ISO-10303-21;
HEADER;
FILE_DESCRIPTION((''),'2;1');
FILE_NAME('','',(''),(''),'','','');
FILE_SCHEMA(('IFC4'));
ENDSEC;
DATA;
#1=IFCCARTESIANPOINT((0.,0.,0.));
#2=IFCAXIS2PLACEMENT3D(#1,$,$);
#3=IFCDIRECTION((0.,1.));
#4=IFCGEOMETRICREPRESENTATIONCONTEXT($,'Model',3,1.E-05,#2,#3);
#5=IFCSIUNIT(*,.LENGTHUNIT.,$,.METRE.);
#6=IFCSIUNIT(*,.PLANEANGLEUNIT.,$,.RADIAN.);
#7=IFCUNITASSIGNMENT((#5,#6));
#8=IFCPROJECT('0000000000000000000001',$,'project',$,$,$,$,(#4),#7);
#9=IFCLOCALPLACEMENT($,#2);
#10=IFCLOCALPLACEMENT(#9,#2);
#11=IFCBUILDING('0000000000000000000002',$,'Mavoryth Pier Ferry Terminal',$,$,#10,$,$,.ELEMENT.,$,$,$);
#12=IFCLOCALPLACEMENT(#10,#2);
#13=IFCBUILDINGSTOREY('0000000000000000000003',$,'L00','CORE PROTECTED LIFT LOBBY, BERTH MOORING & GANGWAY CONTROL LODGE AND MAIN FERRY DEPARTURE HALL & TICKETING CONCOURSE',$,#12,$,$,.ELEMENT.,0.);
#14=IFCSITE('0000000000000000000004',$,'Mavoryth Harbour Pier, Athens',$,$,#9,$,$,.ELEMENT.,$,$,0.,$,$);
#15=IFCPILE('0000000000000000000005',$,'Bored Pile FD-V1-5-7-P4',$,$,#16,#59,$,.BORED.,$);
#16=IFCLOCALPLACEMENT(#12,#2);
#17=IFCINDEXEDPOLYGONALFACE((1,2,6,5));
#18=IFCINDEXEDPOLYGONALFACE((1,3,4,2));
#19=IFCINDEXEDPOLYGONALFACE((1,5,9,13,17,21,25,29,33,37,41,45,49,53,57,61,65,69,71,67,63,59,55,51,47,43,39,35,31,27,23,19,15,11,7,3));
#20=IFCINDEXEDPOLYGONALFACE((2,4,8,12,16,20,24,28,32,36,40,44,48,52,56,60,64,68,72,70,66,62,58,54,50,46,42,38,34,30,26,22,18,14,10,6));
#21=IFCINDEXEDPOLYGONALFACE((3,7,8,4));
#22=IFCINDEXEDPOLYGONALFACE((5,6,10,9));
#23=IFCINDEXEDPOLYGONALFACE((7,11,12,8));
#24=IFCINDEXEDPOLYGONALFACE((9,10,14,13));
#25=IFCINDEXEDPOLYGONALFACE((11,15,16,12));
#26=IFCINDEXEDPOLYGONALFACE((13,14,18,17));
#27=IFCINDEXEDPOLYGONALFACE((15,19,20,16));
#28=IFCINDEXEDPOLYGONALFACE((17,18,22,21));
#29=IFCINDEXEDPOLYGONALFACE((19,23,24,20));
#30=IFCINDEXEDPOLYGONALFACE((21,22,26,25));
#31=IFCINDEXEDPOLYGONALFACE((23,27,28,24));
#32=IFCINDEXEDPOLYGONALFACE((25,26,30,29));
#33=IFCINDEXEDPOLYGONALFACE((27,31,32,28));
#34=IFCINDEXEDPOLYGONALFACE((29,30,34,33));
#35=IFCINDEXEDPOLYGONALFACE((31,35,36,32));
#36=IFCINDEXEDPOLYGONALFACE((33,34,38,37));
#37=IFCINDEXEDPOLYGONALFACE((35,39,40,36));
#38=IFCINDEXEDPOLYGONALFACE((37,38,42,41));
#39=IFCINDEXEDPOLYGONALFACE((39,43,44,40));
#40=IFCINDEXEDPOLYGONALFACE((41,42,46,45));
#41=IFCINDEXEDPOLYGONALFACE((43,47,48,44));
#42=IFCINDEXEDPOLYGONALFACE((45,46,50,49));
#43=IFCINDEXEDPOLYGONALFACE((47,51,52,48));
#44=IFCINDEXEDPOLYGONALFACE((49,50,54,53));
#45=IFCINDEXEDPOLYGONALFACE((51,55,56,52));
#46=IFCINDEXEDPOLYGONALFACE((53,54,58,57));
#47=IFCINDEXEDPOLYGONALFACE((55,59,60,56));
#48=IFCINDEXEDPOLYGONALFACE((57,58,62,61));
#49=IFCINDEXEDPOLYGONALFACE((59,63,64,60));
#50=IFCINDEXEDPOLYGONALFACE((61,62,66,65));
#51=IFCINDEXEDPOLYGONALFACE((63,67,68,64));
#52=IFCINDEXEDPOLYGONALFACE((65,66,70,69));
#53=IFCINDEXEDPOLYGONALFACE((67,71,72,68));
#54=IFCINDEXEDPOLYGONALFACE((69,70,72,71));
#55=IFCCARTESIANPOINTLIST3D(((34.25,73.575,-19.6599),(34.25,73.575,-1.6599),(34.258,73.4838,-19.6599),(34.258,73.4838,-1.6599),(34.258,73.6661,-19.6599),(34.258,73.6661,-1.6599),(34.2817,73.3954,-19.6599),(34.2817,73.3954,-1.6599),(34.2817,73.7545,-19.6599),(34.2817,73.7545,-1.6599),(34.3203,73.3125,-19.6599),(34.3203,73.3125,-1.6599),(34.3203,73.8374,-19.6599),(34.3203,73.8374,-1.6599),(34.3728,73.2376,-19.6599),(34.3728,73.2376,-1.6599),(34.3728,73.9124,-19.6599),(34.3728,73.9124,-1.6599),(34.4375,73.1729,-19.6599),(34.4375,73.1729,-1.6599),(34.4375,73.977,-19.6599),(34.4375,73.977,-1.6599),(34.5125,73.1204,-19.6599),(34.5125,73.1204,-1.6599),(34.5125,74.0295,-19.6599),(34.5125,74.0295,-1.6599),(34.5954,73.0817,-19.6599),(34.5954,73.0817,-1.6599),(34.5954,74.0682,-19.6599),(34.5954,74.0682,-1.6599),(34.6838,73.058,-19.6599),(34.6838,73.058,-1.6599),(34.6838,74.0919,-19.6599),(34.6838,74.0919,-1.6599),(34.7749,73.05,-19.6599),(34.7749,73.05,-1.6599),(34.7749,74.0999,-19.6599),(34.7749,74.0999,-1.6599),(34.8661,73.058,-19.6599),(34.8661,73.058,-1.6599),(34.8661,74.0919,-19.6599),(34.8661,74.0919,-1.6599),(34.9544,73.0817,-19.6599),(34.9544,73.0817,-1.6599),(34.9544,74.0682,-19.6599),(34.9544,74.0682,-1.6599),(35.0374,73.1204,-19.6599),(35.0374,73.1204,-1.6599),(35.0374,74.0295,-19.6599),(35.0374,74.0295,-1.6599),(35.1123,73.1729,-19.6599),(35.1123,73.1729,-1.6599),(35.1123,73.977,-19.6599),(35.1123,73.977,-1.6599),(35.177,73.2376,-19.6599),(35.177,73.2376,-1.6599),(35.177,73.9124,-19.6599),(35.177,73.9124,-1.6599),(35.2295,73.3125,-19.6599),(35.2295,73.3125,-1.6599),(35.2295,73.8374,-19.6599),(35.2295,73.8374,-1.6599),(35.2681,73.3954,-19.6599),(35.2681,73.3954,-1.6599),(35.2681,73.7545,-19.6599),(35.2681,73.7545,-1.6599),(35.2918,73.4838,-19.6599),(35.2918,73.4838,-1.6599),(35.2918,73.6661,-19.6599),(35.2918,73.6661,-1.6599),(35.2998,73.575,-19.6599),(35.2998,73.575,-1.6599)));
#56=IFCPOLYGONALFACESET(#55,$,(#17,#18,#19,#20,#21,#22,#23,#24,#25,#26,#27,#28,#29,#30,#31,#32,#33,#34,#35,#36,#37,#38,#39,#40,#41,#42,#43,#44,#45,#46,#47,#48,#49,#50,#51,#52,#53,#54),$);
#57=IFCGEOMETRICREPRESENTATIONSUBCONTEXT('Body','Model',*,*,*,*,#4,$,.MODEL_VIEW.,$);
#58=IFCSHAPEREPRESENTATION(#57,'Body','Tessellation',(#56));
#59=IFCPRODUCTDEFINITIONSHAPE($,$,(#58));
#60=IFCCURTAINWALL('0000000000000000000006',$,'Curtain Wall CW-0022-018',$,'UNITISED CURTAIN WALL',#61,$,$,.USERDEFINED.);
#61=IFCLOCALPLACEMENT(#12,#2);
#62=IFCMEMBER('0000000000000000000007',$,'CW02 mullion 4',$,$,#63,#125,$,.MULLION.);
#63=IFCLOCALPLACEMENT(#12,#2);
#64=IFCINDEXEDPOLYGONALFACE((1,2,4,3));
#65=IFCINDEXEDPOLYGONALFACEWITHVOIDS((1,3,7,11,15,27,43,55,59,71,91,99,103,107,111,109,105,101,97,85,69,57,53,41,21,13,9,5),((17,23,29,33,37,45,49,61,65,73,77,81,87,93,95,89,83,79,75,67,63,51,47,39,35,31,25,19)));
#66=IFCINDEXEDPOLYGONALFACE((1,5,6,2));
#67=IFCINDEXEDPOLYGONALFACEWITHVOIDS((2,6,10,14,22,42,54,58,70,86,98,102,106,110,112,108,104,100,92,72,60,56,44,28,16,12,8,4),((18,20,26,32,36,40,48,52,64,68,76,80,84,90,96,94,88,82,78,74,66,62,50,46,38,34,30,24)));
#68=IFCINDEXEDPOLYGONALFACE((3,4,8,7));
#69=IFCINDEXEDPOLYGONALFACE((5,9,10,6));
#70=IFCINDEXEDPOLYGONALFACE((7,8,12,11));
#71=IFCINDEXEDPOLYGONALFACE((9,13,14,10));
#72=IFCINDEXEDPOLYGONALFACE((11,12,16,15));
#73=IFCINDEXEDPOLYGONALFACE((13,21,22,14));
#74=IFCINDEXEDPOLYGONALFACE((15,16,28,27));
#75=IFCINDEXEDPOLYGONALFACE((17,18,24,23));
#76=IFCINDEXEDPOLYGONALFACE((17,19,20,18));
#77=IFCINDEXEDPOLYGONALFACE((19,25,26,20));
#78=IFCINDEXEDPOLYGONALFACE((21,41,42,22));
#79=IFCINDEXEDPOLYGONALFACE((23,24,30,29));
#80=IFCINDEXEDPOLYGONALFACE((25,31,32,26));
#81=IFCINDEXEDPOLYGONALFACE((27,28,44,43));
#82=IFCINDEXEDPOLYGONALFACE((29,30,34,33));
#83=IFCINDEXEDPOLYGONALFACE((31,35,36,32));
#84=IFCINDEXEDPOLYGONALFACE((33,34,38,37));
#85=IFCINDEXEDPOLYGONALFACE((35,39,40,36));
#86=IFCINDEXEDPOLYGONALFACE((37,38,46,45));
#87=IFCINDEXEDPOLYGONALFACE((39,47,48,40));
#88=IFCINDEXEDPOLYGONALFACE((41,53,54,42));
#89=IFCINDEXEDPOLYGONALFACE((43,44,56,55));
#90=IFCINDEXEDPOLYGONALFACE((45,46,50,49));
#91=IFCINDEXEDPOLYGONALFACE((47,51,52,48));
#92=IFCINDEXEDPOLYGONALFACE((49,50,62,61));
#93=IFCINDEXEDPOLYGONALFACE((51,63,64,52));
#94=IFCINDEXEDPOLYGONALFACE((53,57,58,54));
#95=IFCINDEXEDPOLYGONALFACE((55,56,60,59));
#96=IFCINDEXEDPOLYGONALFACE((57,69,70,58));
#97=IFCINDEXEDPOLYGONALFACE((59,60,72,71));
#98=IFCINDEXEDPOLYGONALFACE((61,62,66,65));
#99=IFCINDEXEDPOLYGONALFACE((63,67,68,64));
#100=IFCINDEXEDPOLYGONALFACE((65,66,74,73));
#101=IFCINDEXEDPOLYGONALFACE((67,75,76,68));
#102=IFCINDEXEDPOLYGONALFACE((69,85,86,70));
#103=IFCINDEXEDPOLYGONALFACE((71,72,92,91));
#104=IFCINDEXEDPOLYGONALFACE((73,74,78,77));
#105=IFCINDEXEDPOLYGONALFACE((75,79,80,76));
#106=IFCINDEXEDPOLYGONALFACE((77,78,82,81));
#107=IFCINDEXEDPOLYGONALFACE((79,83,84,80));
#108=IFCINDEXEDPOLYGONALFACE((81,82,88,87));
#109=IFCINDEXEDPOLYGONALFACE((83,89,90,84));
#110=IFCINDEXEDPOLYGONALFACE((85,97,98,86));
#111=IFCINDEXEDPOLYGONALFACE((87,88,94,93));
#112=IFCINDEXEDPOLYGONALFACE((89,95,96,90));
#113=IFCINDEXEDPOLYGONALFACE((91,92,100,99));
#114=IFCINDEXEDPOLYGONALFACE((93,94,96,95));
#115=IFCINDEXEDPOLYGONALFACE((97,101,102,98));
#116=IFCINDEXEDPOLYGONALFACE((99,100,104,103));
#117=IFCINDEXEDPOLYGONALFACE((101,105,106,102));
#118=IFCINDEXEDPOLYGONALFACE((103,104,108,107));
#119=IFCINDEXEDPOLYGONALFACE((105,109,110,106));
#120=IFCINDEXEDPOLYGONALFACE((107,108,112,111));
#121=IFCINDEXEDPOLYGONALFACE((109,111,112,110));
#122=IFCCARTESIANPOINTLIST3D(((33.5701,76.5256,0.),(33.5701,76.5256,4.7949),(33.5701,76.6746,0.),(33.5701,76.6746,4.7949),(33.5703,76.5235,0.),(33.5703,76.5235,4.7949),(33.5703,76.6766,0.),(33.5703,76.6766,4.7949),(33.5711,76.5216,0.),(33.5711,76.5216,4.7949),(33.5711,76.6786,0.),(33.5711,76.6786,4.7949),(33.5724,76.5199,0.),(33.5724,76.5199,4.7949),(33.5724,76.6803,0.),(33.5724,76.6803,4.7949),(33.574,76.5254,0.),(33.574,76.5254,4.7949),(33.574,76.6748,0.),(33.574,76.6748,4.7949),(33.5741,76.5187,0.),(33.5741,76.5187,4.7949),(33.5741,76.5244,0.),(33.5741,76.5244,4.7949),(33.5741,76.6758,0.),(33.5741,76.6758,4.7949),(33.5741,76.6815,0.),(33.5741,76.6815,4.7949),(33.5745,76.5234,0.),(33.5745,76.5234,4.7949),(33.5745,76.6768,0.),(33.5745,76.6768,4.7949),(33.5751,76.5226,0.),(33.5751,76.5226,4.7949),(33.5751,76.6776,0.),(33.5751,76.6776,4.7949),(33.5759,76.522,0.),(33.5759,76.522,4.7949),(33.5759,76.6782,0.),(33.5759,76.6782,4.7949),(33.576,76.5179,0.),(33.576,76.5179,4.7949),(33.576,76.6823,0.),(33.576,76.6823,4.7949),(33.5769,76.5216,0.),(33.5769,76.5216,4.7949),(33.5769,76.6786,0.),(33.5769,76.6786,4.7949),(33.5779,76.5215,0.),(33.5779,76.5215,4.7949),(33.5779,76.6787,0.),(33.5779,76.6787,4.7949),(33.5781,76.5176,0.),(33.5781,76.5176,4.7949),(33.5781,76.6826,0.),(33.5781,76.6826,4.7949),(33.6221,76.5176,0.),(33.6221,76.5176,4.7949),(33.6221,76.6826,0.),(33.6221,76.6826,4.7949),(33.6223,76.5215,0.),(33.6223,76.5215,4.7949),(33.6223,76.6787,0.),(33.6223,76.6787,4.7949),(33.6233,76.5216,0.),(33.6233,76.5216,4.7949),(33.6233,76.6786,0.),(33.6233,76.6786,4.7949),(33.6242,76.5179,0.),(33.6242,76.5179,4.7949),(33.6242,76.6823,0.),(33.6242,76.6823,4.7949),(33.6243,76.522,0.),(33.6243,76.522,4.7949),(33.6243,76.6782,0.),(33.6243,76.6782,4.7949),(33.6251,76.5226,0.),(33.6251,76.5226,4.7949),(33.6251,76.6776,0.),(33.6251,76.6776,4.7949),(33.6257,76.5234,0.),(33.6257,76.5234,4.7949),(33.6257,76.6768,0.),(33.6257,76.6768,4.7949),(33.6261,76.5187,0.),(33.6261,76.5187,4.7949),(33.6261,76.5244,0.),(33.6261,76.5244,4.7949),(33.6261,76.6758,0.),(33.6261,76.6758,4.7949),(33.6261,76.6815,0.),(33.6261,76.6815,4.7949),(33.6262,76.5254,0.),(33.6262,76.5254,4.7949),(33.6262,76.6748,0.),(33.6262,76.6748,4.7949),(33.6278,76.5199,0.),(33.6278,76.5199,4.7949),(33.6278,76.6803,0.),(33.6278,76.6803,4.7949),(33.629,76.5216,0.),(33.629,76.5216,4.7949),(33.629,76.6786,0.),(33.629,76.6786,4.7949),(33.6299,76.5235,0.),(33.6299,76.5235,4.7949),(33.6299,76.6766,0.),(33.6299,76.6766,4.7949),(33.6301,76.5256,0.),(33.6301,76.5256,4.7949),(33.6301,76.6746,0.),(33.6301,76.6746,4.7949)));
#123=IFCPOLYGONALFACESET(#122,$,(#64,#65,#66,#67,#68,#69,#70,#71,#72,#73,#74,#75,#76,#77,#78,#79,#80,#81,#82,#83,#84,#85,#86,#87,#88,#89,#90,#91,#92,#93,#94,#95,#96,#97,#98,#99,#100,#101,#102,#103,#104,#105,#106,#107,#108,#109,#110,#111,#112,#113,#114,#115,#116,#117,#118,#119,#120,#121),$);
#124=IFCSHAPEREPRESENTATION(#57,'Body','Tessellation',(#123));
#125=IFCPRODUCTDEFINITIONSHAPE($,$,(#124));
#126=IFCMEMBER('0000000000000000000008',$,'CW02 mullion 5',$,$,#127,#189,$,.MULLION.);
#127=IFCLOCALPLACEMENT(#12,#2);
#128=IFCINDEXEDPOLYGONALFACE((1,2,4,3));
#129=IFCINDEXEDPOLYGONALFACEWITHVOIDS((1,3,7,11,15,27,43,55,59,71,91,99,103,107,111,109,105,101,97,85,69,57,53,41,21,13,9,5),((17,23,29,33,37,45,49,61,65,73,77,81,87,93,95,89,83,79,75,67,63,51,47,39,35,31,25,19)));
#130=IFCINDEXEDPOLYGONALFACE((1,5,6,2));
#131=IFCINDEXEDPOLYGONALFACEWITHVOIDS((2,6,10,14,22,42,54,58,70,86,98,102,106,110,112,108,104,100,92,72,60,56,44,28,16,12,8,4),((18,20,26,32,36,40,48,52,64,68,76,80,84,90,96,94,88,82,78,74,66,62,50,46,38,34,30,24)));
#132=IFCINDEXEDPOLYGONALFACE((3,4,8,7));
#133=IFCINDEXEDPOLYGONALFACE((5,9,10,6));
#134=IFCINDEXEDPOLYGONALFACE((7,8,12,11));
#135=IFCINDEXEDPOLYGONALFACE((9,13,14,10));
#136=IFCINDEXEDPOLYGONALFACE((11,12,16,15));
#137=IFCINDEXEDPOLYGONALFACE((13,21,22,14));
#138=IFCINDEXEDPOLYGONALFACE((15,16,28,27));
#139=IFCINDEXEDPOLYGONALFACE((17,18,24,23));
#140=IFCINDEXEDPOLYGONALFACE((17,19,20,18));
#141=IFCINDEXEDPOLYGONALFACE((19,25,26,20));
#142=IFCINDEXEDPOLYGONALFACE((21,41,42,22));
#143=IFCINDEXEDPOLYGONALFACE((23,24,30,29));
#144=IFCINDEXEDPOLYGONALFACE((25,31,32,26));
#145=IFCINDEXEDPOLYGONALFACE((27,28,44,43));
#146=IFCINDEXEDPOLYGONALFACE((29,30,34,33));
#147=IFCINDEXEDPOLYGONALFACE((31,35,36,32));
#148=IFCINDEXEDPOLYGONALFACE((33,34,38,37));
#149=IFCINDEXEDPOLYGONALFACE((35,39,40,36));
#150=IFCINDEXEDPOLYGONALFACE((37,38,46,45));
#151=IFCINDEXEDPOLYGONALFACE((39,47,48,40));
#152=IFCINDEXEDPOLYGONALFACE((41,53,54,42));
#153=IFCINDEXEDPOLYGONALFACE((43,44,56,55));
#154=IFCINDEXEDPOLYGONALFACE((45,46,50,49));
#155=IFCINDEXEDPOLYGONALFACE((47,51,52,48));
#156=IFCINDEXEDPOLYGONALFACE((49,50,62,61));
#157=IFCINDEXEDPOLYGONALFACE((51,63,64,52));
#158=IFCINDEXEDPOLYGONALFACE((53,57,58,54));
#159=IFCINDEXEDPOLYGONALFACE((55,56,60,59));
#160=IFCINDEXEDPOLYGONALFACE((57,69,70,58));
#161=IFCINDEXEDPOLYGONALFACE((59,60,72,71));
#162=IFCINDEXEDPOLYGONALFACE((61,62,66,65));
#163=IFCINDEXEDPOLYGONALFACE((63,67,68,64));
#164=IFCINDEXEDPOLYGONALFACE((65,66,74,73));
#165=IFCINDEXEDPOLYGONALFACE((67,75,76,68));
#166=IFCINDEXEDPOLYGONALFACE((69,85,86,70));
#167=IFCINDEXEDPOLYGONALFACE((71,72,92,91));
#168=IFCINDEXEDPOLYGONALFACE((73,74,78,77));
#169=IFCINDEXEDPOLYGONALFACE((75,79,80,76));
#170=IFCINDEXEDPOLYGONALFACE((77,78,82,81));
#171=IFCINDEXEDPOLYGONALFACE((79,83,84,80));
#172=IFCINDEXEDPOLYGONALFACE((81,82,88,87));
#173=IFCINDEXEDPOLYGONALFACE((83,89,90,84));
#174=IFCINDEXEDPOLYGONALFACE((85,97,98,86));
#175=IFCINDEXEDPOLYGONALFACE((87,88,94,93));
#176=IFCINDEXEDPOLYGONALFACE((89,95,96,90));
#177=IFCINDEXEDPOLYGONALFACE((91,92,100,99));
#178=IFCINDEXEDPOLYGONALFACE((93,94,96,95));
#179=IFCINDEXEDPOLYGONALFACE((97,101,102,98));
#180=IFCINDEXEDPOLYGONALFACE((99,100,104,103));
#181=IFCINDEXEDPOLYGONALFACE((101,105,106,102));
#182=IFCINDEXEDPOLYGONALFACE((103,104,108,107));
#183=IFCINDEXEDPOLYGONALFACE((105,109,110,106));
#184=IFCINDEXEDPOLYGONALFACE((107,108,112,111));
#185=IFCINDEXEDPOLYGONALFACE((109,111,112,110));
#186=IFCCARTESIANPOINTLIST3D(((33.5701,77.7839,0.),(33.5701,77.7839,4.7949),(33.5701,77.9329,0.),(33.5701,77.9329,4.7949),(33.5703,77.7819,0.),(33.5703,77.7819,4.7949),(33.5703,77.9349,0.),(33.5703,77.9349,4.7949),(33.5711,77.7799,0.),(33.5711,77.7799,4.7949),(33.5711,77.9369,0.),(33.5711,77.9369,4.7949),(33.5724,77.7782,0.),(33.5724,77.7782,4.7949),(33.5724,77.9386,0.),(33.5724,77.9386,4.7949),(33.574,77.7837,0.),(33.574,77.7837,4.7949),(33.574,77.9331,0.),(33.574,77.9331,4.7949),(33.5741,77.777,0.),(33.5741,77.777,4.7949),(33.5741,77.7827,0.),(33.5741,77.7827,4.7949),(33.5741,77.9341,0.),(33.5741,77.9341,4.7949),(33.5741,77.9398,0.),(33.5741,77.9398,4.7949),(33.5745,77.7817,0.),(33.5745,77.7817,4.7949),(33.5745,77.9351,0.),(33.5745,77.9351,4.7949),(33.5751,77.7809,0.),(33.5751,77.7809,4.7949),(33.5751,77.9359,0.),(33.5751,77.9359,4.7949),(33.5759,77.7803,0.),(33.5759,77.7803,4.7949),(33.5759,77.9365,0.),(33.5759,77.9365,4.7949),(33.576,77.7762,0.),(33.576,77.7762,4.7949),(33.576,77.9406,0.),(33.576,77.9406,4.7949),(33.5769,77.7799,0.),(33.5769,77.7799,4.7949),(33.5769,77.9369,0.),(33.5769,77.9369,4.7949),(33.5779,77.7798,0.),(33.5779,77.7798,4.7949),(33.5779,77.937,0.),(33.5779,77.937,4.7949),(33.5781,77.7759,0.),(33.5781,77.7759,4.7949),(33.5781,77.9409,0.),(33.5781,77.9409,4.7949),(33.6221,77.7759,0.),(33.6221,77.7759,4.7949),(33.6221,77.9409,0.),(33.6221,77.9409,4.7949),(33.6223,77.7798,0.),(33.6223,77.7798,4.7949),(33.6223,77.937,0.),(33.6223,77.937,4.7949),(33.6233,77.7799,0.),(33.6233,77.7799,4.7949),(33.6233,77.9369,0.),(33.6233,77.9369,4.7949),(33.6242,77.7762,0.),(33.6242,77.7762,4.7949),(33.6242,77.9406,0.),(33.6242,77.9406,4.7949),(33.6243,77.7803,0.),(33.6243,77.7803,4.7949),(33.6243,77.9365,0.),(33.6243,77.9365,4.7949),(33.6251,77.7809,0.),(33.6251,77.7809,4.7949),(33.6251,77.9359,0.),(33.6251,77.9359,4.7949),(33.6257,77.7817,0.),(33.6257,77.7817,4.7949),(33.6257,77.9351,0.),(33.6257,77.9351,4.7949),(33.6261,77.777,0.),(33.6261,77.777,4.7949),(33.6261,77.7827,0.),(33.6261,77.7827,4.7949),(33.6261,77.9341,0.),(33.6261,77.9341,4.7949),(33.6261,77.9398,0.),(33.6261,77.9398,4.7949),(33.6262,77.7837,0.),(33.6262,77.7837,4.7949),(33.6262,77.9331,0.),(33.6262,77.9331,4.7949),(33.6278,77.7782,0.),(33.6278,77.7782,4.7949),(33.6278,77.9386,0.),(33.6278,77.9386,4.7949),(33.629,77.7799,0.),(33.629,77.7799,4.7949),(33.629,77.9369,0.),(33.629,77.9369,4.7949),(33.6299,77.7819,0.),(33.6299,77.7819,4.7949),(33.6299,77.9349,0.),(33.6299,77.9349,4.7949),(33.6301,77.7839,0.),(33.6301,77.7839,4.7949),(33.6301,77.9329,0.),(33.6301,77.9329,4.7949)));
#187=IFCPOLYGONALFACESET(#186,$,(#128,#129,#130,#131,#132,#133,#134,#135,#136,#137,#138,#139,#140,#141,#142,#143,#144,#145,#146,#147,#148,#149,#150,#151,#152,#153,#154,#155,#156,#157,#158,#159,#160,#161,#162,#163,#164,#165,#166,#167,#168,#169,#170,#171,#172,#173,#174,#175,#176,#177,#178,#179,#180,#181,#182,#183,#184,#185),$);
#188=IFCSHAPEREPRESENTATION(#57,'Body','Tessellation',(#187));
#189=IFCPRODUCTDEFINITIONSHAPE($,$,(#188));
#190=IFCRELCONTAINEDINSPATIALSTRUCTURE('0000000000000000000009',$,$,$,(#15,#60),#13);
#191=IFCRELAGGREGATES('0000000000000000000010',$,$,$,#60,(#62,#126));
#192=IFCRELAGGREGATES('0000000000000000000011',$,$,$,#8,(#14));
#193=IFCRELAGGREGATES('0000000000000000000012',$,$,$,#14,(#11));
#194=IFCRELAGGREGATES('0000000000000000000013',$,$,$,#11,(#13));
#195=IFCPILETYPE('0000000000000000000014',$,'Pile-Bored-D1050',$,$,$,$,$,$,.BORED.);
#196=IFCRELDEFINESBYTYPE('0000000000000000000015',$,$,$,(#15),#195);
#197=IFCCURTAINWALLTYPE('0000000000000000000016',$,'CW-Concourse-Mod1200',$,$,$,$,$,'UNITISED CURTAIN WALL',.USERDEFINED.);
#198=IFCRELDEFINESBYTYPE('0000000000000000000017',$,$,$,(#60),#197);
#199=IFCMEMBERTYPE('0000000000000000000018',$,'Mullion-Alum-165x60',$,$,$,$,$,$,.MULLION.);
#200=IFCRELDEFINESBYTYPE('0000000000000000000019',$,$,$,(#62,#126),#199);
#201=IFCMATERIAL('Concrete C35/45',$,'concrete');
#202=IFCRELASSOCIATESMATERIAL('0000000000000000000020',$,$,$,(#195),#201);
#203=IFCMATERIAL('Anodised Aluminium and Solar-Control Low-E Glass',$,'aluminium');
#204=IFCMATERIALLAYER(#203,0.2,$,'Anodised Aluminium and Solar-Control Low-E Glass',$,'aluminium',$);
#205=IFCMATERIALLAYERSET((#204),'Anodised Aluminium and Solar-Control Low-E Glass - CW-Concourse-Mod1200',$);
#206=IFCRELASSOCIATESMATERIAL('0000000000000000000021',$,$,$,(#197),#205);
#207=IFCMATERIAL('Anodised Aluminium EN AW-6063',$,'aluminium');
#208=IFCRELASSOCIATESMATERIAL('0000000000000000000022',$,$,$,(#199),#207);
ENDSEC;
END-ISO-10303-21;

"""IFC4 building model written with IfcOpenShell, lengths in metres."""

from ifc_helpers import new_model, si_unit, direction, frame, origin, origin_2d, place, context, subcontext, project, spatial, hollow_rectangle, circle, extrude, material, layer, layer_set, material_profile, profile_set, type_object, element, aggregate, save


model = new_model("IFC4")

# Units and contexts
model_context = context("Model", 3, precision=1e-05, world=origin(), true_north=direction((0.0, 1.0)))
body_context = subcontext(model_context, "Body", "Model", "MODEL_VIEW")
ifc_project = project(units=[si_unit("LENGTHUNIT", "METRE"), si_unit("PLANEANGLEUNIT", "RADIAN")], contexts=[model_context])

# Site, building, storey
site_placement = place(None, origin())
site = spatial("IfcSite", under=ifc_project, at=site_placement, Name="Mavoryth Harbour Pier, Athens", CompositionType="ELEMENT", RefElevation=0.0)
building_placement = place(site_placement, origin())
building = spatial("IfcBuilding", under=site, at=building_placement, Name="Mavoryth Pier Ferry Terminal", CompositionType="ELEMENT")
storey_placement = place(building_placement, origin())
storey = spatial("IfcBuildingStorey", under=building, at=storey_placement, Name="L00", Description="CORE PROTECTED LIFT LOBBY, BERTH MOORING & GANGWAY CONTROL LODGE AND MAIN FERRY DEPARTURE HALL & TICKETING CONCOURSE", CompositionType="ELEMENT", Elevation=0.0)

# Pile
ifc_material_1 = material(Name="Concrete C35/45", Category="concrete")
ifc_material_profile_1 = material_profile(ifc_material_1, circle(Radius=0.5249, at=origin_2d()), Name="PILE D1050", Category="concrete")
ifc_profile_set_1 = profile_set([ifc_material_profile_1], Name="Concrete C35/45 - PILE D1050")
pile_type = type_object("IfcPileType", Name="Pile-Bored-D1050", PredefinedType="BORED", material=ifc_profile_set_1)
pile_placement = place(storey_placement, frame((34.7749, 73.575, -1.6599), z_axis=(0.0, 0.0, -1.0), x_axis=(1.0, 0.0, 0.0)))
element("IfcPile", 1, at=pile_placement, inside=storey, type_object=pile_type, Name="Bored Pile FD-V1-5-7-P4", PredefinedType="BORED", context=body_context, shape_type="SweptSolid", body=[
    extrude(circle(Radius=0.5249, at=origin_2d()), origin(), (0.0, 0.0, 1.0), 18.0),
])

# Curtain wall, members
ifc_material_2 = material(Name="Anodised Aluminium and Solar-Control Low-E Glass", Category="aluminium")
ifc_layer_1 = layer(ifc_material_2, 0.2, Name="Anodised Aluminium and Solar-Control Low-E Glass", Category="aluminium")
ifc_layer_set_1 = layer_set([ifc_layer_1], Name="Anodised Aluminium and Solar-Control Low-E Glass - CW-Concourse-Mod1200")
curtain_wall_type = type_object("IfcCurtainWallType", Name="CW-Concourse-Mod1200", ElementType="UNITISED CURTAIN WALL", PredefinedType="USERDEFINED", material=ifc_layer_set_1)
curtain_wall_placement = place(storey_placement, origin())
curtain_wall = element("IfcCurtainWall", 2, at=curtain_wall_placement, inside=storey, type_object=curtain_wall_type, Name="Curtain Wall CW-0022-018", ObjectType="UNITISED CURTAIN WALL", PredefinedType="USERDEFINED")
ifc_material_3 = material(Name="Anodised Aluminium EN AW-6063", Category="aluminium")
ifc_material_profile_2 = material_profile(ifc_material_3, hollow_rectangle(XDim=0.0601, YDim=0.165, WallThickness=0.0039, InnerFilletRadius=0.0039, OuterFilletRadius=0.0081, at=origin_2d()), Name="AL-MULL 165x60x4", Category="aluminium")
ifc_profile_set_2 = profile_set([ifc_material_profile_2], Name="Anodised Aluminium EN AW-6063 - AL-MULL 165x60x4")
member_type_1 = type_object("IfcMemberType", Name="Mullion-Alum-165x60", PredefinedType="MULLION", material=ifc_profile_set_2)
member_1_placement = place(storey_placement, frame((33.6001, 76.6001, 0.0), z_axis=(0.0, 0.0, 1.0), x_axis=(-1.0, 0.0, 0.0)))
member_1 = element("IfcMember", 3, at=member_1_placement, type_object=member_type_1, Name="CW02 mullion 4", PredefinedType="MULLION", context=body_context, shape_type="SweptSolid", body=[
    extrude(hollow_rectangle(XDim=0.0601, YDim=0.165, WallThickness=0.0039, InnerFilletRadius=0.0039, OuterFilletRadius=0.0081, at=origin_2d()), origin(), (0.0, 0.0, 1.0), 4.7949),
])
member_2_placement = place(storey_placement, frame((33.6001, 77.8584, 0.0), z_axis=(0.0, 0.0, 1.0), x_axis=(-1.0, 0.0, 0.0)))
member_2 = element("IfcMember", 4, at=member_2_placement, type_object=member_type_1, Name="CW02 mullion 5", PredefinedType="MULLION", context=body_context, shape_type="SweptSolid", body=[
    extrude(hollow_rectangle(XDim=0.0601, YDim=0.165, WallThickness=0.0039, InnerFilletRadius=0.0039, OuterFilletRadius=0.0081, at=origin_2d()), origin(), (0.0, 0.0, 1.0), 4.7949),
])
aggregate(curtain_wall, [member_1, member_2])

save(model, "model.ifc")
